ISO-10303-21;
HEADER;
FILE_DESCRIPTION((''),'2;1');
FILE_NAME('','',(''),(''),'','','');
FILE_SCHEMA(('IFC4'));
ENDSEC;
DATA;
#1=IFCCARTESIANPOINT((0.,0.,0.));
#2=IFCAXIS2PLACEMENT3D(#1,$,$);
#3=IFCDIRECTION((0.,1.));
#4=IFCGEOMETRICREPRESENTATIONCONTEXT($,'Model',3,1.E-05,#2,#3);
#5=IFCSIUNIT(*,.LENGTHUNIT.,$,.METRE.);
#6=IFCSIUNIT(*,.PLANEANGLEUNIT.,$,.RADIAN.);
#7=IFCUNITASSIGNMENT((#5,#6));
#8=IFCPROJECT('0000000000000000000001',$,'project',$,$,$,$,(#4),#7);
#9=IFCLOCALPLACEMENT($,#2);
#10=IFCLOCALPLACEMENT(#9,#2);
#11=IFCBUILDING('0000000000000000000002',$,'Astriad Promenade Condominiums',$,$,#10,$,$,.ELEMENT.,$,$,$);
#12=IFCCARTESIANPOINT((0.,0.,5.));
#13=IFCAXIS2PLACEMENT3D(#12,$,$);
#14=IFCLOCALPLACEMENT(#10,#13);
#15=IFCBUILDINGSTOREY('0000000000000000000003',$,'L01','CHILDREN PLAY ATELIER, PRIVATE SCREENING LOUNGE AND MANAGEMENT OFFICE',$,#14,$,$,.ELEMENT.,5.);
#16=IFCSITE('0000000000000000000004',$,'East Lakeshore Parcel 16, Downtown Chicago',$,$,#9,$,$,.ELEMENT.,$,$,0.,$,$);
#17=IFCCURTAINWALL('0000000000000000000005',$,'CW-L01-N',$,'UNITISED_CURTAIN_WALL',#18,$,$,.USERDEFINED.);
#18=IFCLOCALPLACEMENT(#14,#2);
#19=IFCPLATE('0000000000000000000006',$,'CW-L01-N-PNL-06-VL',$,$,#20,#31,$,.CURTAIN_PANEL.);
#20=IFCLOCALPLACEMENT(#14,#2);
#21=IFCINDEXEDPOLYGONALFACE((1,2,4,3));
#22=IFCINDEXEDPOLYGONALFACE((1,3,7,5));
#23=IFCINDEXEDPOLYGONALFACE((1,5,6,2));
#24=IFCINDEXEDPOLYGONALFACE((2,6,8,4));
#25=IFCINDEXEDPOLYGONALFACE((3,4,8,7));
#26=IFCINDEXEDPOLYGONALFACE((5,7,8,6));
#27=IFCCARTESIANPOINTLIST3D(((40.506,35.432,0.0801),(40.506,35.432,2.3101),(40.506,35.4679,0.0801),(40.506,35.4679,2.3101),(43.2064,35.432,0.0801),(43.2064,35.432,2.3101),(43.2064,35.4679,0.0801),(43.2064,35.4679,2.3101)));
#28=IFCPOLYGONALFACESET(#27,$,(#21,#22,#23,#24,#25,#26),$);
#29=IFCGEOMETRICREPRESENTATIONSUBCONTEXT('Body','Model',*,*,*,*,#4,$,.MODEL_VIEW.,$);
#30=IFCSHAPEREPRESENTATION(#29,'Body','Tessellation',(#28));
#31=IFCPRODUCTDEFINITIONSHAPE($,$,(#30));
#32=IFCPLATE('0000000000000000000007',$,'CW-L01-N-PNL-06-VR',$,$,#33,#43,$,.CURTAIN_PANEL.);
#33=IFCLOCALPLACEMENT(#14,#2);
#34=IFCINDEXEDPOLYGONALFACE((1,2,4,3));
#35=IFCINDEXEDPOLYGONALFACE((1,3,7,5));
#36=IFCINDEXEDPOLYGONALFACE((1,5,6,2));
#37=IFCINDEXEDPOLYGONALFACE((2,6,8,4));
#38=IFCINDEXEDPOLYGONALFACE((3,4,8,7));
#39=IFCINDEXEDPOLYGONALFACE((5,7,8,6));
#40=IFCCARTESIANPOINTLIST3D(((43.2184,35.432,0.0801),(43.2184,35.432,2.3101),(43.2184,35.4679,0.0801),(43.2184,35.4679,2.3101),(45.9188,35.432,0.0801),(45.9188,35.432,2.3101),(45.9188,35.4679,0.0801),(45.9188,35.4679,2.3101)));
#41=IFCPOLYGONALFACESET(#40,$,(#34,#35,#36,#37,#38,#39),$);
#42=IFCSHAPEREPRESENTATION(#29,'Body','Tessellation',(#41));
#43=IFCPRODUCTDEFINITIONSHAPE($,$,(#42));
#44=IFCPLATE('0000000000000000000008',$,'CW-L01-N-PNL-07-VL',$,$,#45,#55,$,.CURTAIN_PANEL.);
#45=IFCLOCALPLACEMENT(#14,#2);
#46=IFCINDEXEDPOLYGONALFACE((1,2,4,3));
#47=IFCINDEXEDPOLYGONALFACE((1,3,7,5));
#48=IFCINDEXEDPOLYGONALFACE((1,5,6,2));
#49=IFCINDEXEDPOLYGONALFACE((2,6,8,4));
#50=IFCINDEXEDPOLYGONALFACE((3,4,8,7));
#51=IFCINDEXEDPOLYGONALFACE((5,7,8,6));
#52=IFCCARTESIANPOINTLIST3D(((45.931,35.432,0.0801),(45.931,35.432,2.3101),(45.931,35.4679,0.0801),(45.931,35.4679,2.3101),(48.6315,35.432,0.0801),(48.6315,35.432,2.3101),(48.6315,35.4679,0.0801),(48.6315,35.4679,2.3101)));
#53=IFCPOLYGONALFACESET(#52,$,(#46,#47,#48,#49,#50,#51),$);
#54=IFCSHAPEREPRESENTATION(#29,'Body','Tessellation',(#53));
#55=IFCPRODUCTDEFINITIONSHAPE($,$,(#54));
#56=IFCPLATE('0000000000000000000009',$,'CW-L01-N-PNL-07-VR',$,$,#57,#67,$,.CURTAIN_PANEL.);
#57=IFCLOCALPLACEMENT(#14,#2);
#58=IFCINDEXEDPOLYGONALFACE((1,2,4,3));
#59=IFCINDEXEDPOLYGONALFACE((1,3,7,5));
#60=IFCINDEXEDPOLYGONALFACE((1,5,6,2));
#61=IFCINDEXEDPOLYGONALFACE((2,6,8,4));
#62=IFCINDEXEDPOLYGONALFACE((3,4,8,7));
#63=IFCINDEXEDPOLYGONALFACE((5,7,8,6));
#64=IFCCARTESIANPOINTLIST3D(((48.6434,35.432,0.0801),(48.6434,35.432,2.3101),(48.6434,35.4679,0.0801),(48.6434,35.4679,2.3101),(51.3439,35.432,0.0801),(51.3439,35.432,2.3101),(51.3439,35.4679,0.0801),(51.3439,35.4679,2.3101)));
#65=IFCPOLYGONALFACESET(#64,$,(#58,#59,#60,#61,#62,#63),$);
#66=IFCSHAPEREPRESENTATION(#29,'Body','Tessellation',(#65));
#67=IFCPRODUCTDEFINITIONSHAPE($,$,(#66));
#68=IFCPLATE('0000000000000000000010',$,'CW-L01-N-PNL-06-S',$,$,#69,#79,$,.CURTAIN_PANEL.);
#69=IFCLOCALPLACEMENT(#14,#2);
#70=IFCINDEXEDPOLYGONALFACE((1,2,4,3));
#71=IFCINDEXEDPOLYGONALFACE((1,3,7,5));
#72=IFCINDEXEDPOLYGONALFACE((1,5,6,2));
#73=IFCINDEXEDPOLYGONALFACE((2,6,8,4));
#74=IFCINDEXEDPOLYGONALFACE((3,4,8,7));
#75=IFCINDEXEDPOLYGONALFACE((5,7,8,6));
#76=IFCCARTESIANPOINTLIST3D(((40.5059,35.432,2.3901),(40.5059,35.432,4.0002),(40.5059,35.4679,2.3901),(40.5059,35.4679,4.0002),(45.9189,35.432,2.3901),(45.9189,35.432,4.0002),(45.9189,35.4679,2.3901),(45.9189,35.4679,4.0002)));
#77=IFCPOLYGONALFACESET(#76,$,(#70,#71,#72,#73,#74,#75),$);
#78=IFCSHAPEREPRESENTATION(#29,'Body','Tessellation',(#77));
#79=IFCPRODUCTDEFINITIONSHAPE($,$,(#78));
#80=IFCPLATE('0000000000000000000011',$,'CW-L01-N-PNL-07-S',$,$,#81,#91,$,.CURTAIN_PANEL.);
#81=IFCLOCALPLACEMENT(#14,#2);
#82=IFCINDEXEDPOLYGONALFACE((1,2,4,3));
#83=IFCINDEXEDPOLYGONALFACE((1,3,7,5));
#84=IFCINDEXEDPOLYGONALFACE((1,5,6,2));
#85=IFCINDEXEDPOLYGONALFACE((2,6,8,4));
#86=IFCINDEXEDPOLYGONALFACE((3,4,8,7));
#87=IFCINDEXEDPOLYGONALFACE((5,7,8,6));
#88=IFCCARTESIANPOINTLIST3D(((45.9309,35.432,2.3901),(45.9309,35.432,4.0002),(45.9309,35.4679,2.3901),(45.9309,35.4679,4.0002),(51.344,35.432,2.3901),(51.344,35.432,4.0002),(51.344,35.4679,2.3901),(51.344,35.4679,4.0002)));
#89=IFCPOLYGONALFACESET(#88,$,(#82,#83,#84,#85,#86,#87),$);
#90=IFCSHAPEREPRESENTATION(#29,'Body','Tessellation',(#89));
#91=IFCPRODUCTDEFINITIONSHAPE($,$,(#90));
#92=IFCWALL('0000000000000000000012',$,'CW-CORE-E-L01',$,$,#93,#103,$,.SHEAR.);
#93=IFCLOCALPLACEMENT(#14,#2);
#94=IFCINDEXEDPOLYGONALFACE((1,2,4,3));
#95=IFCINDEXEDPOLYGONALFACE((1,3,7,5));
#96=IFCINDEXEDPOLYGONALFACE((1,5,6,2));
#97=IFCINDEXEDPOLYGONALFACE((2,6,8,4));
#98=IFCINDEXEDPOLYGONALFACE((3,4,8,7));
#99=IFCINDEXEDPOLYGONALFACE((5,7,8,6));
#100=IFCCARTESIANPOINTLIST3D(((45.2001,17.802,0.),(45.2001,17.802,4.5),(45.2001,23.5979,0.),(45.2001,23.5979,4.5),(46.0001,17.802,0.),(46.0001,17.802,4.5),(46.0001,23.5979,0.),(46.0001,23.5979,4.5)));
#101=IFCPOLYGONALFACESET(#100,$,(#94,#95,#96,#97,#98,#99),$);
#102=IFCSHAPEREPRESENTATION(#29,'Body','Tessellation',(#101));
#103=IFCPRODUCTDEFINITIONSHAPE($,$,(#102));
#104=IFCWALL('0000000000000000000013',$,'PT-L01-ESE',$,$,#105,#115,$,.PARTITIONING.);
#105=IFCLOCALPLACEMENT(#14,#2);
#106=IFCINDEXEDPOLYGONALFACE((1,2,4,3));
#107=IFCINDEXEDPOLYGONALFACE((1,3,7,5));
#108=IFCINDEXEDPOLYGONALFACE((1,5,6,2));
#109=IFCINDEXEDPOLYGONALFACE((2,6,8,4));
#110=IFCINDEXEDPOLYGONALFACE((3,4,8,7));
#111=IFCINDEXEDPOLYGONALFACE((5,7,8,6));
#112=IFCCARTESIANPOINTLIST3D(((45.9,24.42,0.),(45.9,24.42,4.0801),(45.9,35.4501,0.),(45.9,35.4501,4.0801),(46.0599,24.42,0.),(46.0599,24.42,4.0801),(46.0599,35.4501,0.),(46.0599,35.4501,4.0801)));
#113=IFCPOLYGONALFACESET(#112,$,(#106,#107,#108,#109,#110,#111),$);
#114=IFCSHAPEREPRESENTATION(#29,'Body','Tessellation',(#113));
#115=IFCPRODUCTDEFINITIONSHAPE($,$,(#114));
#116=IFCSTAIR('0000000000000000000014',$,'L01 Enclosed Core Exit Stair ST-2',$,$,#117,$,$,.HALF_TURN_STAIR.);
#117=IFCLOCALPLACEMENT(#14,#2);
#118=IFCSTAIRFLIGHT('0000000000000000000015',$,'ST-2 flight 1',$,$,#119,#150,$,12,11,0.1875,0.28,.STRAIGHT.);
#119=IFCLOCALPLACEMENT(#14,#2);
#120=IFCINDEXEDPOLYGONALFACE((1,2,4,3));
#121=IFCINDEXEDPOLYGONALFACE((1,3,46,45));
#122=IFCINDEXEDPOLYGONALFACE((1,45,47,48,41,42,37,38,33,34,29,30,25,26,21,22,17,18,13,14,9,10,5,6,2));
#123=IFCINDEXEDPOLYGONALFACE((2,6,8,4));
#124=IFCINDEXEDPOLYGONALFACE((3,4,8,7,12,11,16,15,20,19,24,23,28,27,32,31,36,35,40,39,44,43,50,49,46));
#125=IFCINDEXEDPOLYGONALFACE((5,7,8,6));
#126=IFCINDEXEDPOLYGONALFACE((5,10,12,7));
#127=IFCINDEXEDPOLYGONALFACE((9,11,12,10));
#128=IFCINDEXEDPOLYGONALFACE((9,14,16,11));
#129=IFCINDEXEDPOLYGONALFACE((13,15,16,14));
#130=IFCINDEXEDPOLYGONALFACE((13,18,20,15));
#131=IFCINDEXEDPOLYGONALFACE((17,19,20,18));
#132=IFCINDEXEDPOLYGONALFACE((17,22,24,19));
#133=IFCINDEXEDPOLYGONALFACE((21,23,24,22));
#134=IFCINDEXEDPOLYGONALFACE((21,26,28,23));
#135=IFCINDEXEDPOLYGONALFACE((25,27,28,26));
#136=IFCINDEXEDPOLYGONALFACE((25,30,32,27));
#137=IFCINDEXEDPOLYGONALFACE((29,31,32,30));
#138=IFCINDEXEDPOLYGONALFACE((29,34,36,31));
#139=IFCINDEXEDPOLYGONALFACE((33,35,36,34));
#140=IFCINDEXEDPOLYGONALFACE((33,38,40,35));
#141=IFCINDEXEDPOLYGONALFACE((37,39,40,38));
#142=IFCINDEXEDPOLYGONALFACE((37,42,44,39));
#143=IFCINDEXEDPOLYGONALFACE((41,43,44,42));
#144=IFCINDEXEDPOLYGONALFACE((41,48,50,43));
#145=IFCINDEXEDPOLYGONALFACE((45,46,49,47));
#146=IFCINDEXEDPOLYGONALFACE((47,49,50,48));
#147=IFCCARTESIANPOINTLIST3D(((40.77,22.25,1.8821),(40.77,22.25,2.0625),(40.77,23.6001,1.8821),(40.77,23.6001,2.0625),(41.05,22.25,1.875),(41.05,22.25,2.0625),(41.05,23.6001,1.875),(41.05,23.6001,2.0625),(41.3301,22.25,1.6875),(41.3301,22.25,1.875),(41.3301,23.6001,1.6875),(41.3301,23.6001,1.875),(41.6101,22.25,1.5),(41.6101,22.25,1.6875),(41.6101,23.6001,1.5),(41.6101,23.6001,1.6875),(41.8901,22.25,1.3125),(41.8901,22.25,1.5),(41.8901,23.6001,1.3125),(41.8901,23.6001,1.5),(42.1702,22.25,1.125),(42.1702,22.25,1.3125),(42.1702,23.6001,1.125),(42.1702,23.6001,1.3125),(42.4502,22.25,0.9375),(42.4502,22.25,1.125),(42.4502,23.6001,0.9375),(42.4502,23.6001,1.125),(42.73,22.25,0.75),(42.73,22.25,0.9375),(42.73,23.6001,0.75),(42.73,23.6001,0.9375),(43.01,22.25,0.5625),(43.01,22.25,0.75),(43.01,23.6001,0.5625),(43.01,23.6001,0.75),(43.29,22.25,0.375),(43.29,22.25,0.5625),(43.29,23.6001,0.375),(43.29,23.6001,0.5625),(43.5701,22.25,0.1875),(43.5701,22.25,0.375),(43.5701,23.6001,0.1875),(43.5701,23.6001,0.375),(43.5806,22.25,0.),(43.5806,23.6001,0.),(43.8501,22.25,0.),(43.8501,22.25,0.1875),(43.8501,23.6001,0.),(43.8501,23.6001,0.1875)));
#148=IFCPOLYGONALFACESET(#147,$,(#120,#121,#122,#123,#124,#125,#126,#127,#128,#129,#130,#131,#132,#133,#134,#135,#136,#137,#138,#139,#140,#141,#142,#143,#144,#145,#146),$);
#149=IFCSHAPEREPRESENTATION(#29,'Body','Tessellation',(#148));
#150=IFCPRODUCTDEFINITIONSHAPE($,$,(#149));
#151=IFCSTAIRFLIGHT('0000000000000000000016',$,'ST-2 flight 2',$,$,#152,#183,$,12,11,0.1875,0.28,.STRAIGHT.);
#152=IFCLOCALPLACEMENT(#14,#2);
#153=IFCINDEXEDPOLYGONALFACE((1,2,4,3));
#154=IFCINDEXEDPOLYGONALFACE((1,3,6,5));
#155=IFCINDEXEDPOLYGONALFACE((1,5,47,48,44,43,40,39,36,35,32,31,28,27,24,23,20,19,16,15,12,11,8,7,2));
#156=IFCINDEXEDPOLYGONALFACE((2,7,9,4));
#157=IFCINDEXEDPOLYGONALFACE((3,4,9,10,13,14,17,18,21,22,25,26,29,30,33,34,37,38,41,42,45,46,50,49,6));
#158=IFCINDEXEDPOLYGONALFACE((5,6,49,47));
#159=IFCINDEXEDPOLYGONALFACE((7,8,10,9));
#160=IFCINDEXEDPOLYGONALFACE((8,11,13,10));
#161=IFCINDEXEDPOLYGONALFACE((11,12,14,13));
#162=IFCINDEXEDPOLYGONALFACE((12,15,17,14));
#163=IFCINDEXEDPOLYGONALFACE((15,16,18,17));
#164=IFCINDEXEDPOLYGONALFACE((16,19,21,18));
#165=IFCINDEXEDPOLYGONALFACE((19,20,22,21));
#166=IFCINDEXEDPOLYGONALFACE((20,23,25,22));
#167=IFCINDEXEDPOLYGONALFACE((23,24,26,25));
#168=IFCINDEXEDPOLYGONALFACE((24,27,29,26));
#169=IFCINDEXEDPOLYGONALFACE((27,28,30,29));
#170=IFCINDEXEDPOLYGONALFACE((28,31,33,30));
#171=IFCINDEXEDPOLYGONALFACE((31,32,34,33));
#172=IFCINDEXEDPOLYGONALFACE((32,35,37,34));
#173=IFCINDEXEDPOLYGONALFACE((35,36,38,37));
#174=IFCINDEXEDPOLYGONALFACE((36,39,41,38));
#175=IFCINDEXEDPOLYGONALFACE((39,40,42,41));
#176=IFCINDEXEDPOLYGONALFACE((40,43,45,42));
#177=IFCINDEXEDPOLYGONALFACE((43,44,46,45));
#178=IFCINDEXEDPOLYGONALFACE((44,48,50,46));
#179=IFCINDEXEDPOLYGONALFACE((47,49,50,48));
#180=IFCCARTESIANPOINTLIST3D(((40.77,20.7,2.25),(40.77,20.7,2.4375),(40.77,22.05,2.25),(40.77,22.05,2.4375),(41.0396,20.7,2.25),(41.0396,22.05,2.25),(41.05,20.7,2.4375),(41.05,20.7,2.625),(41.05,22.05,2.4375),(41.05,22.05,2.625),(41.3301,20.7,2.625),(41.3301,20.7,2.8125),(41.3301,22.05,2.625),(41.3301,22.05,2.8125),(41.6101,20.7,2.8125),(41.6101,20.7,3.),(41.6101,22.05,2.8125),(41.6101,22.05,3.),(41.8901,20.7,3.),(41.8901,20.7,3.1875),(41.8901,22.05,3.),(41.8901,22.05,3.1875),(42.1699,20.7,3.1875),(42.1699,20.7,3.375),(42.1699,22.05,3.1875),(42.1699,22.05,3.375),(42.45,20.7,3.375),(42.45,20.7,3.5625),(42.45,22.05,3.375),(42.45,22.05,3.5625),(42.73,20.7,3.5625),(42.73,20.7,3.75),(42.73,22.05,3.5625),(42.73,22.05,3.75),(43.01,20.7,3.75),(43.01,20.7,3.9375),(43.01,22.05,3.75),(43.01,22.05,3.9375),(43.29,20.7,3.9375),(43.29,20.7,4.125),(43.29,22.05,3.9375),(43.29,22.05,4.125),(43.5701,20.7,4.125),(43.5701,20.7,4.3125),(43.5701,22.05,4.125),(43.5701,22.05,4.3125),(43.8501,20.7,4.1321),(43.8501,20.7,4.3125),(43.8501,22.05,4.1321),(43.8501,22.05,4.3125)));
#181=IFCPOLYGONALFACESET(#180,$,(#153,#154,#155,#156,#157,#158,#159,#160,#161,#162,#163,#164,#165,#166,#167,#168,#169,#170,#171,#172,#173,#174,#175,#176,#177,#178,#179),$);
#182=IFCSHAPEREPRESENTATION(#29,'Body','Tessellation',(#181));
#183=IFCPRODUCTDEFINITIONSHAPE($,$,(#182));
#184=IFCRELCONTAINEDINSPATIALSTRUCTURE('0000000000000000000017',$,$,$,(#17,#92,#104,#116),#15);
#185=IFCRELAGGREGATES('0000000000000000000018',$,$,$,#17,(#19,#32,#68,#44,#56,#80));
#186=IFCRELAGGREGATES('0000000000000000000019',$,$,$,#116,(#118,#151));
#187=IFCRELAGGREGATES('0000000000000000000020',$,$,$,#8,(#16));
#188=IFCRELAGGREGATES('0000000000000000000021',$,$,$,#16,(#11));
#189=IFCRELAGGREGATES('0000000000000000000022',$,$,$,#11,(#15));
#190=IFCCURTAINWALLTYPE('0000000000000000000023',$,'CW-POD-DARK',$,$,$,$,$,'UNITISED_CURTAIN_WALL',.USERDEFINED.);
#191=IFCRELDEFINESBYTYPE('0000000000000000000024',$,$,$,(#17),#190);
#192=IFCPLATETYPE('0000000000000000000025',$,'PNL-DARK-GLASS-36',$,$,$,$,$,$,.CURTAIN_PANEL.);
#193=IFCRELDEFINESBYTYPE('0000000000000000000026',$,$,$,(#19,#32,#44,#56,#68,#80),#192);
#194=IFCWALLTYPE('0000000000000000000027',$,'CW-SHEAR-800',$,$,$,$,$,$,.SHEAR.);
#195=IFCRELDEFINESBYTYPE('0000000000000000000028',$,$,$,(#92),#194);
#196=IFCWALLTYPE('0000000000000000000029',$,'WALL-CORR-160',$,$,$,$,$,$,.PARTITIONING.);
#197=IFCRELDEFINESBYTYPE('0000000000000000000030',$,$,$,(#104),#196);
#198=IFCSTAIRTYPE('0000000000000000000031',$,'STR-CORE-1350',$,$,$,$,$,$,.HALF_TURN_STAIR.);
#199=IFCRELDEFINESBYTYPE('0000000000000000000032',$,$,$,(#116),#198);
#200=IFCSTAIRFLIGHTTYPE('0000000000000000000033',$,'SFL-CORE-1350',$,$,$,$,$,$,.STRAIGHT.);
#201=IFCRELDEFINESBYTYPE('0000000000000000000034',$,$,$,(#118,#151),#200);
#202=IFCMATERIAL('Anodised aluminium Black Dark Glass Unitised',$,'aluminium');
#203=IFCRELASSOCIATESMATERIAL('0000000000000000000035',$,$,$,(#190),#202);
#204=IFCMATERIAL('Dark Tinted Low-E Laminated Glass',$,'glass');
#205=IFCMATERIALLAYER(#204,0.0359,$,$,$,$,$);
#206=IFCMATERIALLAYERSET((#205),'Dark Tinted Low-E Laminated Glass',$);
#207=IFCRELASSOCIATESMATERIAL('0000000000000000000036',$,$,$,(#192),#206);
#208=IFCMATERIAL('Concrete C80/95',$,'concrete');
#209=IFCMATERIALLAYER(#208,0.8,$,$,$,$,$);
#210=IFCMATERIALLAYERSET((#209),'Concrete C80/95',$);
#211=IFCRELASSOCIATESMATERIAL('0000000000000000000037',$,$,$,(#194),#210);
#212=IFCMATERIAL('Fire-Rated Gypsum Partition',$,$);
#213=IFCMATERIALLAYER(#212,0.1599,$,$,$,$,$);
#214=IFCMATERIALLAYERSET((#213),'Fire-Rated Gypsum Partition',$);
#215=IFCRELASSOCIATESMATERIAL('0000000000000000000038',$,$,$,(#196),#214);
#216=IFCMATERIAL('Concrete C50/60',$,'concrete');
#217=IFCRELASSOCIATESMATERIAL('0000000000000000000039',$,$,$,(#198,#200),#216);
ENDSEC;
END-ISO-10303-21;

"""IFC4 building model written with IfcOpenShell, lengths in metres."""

from ifc_helpers import new_model, si_unit, direction, frame, frame_2d, origin, origin_2d, place, context, subcontext, project, spatial, polyline, rectangle, outline, extrude, source, transform, mapped, material, layer, layer_set, type_object, type_shapes, element, aggregate, save


model = new_model("IFC4")

# Units and contexts
model_context = context("Model", 3, precision=1e-05, world=origin(), true_north=direction((0.0, 1.0)))
body_context = subcontext(model_context, "Body", "Model", "MODEL_VIEW")
ifc_project = project(units=[si_unit("LENGTHUNIT", "METRE"), si_unit("PLANEANGLEUNIT", "RADIAN")], contexts=[model_context])

# Site, building, storey
site_placement = place(None, origin())
site = spatial("IfcSite", under=ifc_project, at=site_placement, Name="East Lakeshore Parcel 16, Downtown Chicago", CompositionType="ELEMENT", RefElevation=0.0)
building_placement = place(site_placement, origin())
building = spatial("IfcBuilding", under=site, at=building_placement, Name="Astriad Promenade Condominiums", CompositionType="ELEMENT")
storey_placement = place(building_placement, frame((0.0, 0.0, 5.0)))
storey = spatial("IfcBuildingStorey", under=building, at=storey_placement, Name="L01", Description="CHILDREN PLAY ATELIER, PRIVATE SCREENING LOUNGE AND MANAGEMENT OFFICE", CompositionType="ELEMENT", Elevation=5.0)

# Curtain wall, plates
ifc_material_1 = material(Name="Anodised aluminium Black Dark Glass Unitised", Category="aluminium")
curtain_wall_type = type_object("IfcCurtainWallType", Name="CW-POD-DARK", ElementType="UNITISED_CURTAIN_WALL", PredefinedType="USERDEFINED", material=ifc_material_1)
curtain_wall_placement = place(storey_placement, origin())
curtain_wall = element("IfcCurtainWall", 1, at=curtain_wall_placement, inside=storey, type_object=curtain_wall_type, Name="CW-L01-N", ObjectType="UNITISED_CURTAIN_WALL", PredefinedType="USERDEFINED")
ifc_material_2 = material(Name="Dark Tinted Low-E Laminated Glass", Category="glass")
ifc_layer_1 = layer(ifc_material_2, 0.0359)
ifc_layer_set_1 = layer_set([ifc_layer_1], Name="Dark Tinted Low-E Laminated Glass")
plate_type = type_object("IfcPlateType", Name="PNL-DARK-GLASS-36", PredefinedType="CURTAIN_PANEL", material=ifc_layer_set_1)
shared_shape_1 = source(origin(), body_context, "Body", "SweptSolid", [
    extrude(rectangle(XDim=2.7004, YDim=0.0359, at=origin_2d()), origin(), (0.0, 0.0, 1.0), 2.23),
])
plate_1_placement = place(storey_placement, frame((41.8562, 35.45, 0.0801), z_axis=(0.0, 0.0, 1.0), x_axis=(1.0, 0.0, 0.0)))
plate_1 = element("IfcPlate", 2, at=plate_1_placement, type_object=plate_type, Name="CW-L01-N-PNL-06-VL", PredefinedType="CURTAIN_PANEL", context=body_context, shape_type="MappedRepresentation", body=[
    mapped(shared_shape_1, transform((0.0, 0.0, 0.0), scale=1.0)),
])
plate_2_placement = place(storey_placement, frame((44.5686, 35.45, 0.0801), z_axis=(0.0, 0.0, 1.0), x_axis=(1.0, 0.0, 0.0)))
plate_2 = element("IfcPlate", 3, at=plate_2_placement, type_object=plate_type, Name="CW-L01-N-PNL-06-VR", PredefinedType="CURTAIN_PANEL", context=body_context, shape_type="MappedRepresentation", body=[
    mapped(shared_shape_1, transform((0.0, 0.0, 0.0), scale=1.0)),
])
plate_3_placement = place(storey_placement, frame((47.2812, 35.45, 0.0801), z_axis=(0.0, 0.0, 1.0), x_axis=(1.0, 0.0, 0.0)))
plate_3 = element("IfcPlate", 4, at=plate_3_placement, type_object=plate_type, Name="CW-L01-N-PNL-07-VL", PredefinedType="CURTAIN_PANEL", context=body_context, shape_type="MappedRepresentation", body=[
    mapped(shared_shape_1, transform((0.0, 0.0, 0.0), scale=1.0)),
])
plate_4_placement = place(storey_placement, frame((49.9937, 35.45, 0.0801), z_axis=(0.0, 0.0, 1.0), x_axis=(1.0, 0.0, 0.0)))
plate_4 = element("IfcPlate", 5, at=plate_4_placement, type_object=plate_type, Name="CW-L01-N-PNL-07-VR", PredefinedType="CURTAIN_PANEL", context=body_context, shape_type="MappedRepresentation", body=[
    mapped(shared_shape_1, transform((0.0, 0.0, 0.0), scale=1.0)),
])
shared_shape_2 = source(origin(), body_context, "Body", "SweptSolid", [
    extrude(rectangle(XDim=5.4131, YDim=0.0359, at=origin_2d()), origin(), (0.0, 0.0, 1.0), 1.6101),
])
type_shapes(plate_type, [shared_shape_1, shared_shape_2])
plate_5_placement = place(storey_placement, frame((43.2124, 35.45, 2.3901), z_axis=(0.0, 0.0, 1.0), x_axis=(1.0, 0.0, 0.0)))
plate_5 = element("IfcPlate", 6, at=plate_5_placement, type_object=plate_type, Name="CW-L01-N-PNL-06-S", PredefinedType="CURTAIN_PANEL", context=body_context, shape_type="MappedRepresentation", body=[
    mapped(shared_shape_2, transform((0.0, 0.0, 0.0), scale=1.0)),
])
plate_6_placement = place(storey_placement, frame((48.6375, 35.45, 2.3901), z_axis=(0.0, 0.0, 1.0), x_axis=(1.0, 0.0, 0.0)))
plate_6 = element("IfcPlate", 7, at=plate_6_placement, type_object=plate_type, Name="CW-L01-N-PNL-07-S", PredefinedType="CURTAIN_PANEL", context=body_context, shape_type="MappedRepresentation", body=[
    mapped(shared_shape_2, transform((0.0, 0.0, 0.0), scale=1.0)),
])
aggregate(curtain_wall, [plate_1, plate_2, plate_5, plate_3, plate_4, plate_6])

# Walls
ifc_material_3 = material(Name="Concrete C80/95", Category="concrete")
ifc_layer_2 = layer(ifc_material_3, 0.8)
ifc_layer_set_2 = layer_set([ifc_layer_2], Name="Concrete C80/95")
wall_type_1 = type_object("IfcWallType", Name="CW-SHEAR-800", PredefinedType="SHEAR", material=ifc_layer_set_2)
wall_1_placement = place(storey_placement, frame((45.6001, 17.802, 0.0), z_axis=(0.0, 0.0, 1.0), x_axis=(0.0, 1.0, 0.0)))
element("IfcWall", 8, at=wall_1_placement, inside=storey, type_object=wall_type_1, Name="CW-CORE-E-L01", PredefinedType="SHEAR", context=body_context, shape_type="SweptSolid", body=[
    extrude(rectangle(XDim=5.7959, YDim=0.8, at=frame_2d((2.8979, 0.0))), origin(), (0.0, 0.0, 1.0), 4.5),
])
ifc_material_4 = material(Name="Fire-Rated Gypsum Partition")
ifc_layer_3 = layer(ifc_material_4, 0.1599)
ifc_layer_set_3 = layer_set([ifc_layer_3], Name="Fire-Rated Gypsum Partition")
wall_type_2 = type_object("IfcWallType", Name="WALL-CORR-160", PredefinedType="PARTITIONING", material=ifc_layer_set_3)
wall_2_placement = place(storey_placement, frame((45.98, 24.4199, 0.0), z_axis=(0.0, 0.0, 1.0), x_axis=(0.0, 1.0, 0.0)))
element("IfcWall", 9, at=wall_2_placement, inside=storey, type_object=wall_type_2, Name="PT-L01-ESE", PredefinedType="PARTITIONING", context=body_context, shape_type="SweptSolid", body=[
    extrude(rectangle(XDim=11.03, YDim=0.1599, at=frame_2d((5.5151, 0.0))), origin(), (0.0, 0.0, 1.0), 4.0801),
])

# Stair, stair flights
ifc_material_5 = material(Name="Concrete C50/60", Category="concrete")
stair_type = type_object("IfcStairType", Name="STR-CORE-1350", PredefinedType="HALF_TURN_STAIR", material=ifc_material_5)
stair_placement = place(storey_placement, origin())
stair = element("IfcStair", 10, at=stair_placement, inside=storey, type_object=stair_type, Name="L01 Enclosed Core Exit Stair ST-2", PredefinedType="HALF_TURN_STAIR")
stair_flight_type = type_object("IfcStairFlightType", Name="SFL-CORE-1350", PredefinedType="STRAIGHT", material=ifc_material_5)
shared_shape_3 = source(origin(), body_context, "Body", "SweptSolid", [
    extrude(outline(polyline([(0.0, 0.0), (0.0, 0.1875), (0.28, 0.1875), (0.28, 0.375), (0.5601, 0.375), (0.5601, 0.5625), (0.8401, 0.5625), (0.8401, 0.75), (1.1201, 0.75), (1.1201, 0.9375), (1.3999, 0.9375), (1.3999, 1.125), (1.6799, 1.125), (1.6799, 1.3125), (1.96, 1.3125), (1.96, 1.5), (2.24, 1.5), (2.24, 1.6875), (2.52, 1.6875), (2.52, 1.875), (2.8, 1.875), (2.8, 2.0625), (3.0801, 2.0625), (3.0801, 2.25), (3.0801, 1.8821), (0.2695, 0.0), (0.0, 0.0)])), frame((0.0, 0.675, 0.0), z_axis=(0.0, -1.0, 0.0), x_axis=(1.0, 0.0, 0.0)), (0.0, 0.0, 1.0), 1.3501),
])
type_shapes(stair_flight_type, [shared_shape_3])
stair_flight_1_placement = place(storey_placement, frame((43.8501, 22.925, 0.0), z_axis=(0.0, 0.0, 1.0), x_axis=(-1.0, 0.0, 0.0)))
stair_flight_1 = element("IfcStairFlight", 11, at=stair_flight_1_placement, type_object=stair_flight_type, Name="ST-2 flight 1", NumberOfRisers=12, NumberOfTreads=11, PredefinedType="STRAIGHT", RiserHeight=0.1875, TreadLength=0.28, context=body_context, shape_type="MappedRepresentation", body=[
    mapped(shared_shape_3, transform((0.0, 0.0, 0.0), scale=1.0)),
])
stair_flight_2_placement = place(storey_placement, frame((40.77, 21.375, 2.25), z_axis=(0.0, 0.0, 1.0), x_axis=(1.0, 0.0, 0.0)))
stair_flight_2 = element("IfcStairFlight", 12, at=stair_flight_2_placement, type_object=stair_flight_type, Name="ST-2 flight 2", NumberOfRisers=12, NumberOfTreads=11, PredefinedType="STRAIGHT", RiserHeight=0.1875, TreadLength=0.28, context=body_context, shape_type="MappedRepresentation", body=[
    mapped(shared_shape_3, transform((0.0, 0.0, 0.0), scale=1.0)),
])
aggregate(stair, [stair_flight_1, stair_flight_2])

save(model, "model.ifc")
